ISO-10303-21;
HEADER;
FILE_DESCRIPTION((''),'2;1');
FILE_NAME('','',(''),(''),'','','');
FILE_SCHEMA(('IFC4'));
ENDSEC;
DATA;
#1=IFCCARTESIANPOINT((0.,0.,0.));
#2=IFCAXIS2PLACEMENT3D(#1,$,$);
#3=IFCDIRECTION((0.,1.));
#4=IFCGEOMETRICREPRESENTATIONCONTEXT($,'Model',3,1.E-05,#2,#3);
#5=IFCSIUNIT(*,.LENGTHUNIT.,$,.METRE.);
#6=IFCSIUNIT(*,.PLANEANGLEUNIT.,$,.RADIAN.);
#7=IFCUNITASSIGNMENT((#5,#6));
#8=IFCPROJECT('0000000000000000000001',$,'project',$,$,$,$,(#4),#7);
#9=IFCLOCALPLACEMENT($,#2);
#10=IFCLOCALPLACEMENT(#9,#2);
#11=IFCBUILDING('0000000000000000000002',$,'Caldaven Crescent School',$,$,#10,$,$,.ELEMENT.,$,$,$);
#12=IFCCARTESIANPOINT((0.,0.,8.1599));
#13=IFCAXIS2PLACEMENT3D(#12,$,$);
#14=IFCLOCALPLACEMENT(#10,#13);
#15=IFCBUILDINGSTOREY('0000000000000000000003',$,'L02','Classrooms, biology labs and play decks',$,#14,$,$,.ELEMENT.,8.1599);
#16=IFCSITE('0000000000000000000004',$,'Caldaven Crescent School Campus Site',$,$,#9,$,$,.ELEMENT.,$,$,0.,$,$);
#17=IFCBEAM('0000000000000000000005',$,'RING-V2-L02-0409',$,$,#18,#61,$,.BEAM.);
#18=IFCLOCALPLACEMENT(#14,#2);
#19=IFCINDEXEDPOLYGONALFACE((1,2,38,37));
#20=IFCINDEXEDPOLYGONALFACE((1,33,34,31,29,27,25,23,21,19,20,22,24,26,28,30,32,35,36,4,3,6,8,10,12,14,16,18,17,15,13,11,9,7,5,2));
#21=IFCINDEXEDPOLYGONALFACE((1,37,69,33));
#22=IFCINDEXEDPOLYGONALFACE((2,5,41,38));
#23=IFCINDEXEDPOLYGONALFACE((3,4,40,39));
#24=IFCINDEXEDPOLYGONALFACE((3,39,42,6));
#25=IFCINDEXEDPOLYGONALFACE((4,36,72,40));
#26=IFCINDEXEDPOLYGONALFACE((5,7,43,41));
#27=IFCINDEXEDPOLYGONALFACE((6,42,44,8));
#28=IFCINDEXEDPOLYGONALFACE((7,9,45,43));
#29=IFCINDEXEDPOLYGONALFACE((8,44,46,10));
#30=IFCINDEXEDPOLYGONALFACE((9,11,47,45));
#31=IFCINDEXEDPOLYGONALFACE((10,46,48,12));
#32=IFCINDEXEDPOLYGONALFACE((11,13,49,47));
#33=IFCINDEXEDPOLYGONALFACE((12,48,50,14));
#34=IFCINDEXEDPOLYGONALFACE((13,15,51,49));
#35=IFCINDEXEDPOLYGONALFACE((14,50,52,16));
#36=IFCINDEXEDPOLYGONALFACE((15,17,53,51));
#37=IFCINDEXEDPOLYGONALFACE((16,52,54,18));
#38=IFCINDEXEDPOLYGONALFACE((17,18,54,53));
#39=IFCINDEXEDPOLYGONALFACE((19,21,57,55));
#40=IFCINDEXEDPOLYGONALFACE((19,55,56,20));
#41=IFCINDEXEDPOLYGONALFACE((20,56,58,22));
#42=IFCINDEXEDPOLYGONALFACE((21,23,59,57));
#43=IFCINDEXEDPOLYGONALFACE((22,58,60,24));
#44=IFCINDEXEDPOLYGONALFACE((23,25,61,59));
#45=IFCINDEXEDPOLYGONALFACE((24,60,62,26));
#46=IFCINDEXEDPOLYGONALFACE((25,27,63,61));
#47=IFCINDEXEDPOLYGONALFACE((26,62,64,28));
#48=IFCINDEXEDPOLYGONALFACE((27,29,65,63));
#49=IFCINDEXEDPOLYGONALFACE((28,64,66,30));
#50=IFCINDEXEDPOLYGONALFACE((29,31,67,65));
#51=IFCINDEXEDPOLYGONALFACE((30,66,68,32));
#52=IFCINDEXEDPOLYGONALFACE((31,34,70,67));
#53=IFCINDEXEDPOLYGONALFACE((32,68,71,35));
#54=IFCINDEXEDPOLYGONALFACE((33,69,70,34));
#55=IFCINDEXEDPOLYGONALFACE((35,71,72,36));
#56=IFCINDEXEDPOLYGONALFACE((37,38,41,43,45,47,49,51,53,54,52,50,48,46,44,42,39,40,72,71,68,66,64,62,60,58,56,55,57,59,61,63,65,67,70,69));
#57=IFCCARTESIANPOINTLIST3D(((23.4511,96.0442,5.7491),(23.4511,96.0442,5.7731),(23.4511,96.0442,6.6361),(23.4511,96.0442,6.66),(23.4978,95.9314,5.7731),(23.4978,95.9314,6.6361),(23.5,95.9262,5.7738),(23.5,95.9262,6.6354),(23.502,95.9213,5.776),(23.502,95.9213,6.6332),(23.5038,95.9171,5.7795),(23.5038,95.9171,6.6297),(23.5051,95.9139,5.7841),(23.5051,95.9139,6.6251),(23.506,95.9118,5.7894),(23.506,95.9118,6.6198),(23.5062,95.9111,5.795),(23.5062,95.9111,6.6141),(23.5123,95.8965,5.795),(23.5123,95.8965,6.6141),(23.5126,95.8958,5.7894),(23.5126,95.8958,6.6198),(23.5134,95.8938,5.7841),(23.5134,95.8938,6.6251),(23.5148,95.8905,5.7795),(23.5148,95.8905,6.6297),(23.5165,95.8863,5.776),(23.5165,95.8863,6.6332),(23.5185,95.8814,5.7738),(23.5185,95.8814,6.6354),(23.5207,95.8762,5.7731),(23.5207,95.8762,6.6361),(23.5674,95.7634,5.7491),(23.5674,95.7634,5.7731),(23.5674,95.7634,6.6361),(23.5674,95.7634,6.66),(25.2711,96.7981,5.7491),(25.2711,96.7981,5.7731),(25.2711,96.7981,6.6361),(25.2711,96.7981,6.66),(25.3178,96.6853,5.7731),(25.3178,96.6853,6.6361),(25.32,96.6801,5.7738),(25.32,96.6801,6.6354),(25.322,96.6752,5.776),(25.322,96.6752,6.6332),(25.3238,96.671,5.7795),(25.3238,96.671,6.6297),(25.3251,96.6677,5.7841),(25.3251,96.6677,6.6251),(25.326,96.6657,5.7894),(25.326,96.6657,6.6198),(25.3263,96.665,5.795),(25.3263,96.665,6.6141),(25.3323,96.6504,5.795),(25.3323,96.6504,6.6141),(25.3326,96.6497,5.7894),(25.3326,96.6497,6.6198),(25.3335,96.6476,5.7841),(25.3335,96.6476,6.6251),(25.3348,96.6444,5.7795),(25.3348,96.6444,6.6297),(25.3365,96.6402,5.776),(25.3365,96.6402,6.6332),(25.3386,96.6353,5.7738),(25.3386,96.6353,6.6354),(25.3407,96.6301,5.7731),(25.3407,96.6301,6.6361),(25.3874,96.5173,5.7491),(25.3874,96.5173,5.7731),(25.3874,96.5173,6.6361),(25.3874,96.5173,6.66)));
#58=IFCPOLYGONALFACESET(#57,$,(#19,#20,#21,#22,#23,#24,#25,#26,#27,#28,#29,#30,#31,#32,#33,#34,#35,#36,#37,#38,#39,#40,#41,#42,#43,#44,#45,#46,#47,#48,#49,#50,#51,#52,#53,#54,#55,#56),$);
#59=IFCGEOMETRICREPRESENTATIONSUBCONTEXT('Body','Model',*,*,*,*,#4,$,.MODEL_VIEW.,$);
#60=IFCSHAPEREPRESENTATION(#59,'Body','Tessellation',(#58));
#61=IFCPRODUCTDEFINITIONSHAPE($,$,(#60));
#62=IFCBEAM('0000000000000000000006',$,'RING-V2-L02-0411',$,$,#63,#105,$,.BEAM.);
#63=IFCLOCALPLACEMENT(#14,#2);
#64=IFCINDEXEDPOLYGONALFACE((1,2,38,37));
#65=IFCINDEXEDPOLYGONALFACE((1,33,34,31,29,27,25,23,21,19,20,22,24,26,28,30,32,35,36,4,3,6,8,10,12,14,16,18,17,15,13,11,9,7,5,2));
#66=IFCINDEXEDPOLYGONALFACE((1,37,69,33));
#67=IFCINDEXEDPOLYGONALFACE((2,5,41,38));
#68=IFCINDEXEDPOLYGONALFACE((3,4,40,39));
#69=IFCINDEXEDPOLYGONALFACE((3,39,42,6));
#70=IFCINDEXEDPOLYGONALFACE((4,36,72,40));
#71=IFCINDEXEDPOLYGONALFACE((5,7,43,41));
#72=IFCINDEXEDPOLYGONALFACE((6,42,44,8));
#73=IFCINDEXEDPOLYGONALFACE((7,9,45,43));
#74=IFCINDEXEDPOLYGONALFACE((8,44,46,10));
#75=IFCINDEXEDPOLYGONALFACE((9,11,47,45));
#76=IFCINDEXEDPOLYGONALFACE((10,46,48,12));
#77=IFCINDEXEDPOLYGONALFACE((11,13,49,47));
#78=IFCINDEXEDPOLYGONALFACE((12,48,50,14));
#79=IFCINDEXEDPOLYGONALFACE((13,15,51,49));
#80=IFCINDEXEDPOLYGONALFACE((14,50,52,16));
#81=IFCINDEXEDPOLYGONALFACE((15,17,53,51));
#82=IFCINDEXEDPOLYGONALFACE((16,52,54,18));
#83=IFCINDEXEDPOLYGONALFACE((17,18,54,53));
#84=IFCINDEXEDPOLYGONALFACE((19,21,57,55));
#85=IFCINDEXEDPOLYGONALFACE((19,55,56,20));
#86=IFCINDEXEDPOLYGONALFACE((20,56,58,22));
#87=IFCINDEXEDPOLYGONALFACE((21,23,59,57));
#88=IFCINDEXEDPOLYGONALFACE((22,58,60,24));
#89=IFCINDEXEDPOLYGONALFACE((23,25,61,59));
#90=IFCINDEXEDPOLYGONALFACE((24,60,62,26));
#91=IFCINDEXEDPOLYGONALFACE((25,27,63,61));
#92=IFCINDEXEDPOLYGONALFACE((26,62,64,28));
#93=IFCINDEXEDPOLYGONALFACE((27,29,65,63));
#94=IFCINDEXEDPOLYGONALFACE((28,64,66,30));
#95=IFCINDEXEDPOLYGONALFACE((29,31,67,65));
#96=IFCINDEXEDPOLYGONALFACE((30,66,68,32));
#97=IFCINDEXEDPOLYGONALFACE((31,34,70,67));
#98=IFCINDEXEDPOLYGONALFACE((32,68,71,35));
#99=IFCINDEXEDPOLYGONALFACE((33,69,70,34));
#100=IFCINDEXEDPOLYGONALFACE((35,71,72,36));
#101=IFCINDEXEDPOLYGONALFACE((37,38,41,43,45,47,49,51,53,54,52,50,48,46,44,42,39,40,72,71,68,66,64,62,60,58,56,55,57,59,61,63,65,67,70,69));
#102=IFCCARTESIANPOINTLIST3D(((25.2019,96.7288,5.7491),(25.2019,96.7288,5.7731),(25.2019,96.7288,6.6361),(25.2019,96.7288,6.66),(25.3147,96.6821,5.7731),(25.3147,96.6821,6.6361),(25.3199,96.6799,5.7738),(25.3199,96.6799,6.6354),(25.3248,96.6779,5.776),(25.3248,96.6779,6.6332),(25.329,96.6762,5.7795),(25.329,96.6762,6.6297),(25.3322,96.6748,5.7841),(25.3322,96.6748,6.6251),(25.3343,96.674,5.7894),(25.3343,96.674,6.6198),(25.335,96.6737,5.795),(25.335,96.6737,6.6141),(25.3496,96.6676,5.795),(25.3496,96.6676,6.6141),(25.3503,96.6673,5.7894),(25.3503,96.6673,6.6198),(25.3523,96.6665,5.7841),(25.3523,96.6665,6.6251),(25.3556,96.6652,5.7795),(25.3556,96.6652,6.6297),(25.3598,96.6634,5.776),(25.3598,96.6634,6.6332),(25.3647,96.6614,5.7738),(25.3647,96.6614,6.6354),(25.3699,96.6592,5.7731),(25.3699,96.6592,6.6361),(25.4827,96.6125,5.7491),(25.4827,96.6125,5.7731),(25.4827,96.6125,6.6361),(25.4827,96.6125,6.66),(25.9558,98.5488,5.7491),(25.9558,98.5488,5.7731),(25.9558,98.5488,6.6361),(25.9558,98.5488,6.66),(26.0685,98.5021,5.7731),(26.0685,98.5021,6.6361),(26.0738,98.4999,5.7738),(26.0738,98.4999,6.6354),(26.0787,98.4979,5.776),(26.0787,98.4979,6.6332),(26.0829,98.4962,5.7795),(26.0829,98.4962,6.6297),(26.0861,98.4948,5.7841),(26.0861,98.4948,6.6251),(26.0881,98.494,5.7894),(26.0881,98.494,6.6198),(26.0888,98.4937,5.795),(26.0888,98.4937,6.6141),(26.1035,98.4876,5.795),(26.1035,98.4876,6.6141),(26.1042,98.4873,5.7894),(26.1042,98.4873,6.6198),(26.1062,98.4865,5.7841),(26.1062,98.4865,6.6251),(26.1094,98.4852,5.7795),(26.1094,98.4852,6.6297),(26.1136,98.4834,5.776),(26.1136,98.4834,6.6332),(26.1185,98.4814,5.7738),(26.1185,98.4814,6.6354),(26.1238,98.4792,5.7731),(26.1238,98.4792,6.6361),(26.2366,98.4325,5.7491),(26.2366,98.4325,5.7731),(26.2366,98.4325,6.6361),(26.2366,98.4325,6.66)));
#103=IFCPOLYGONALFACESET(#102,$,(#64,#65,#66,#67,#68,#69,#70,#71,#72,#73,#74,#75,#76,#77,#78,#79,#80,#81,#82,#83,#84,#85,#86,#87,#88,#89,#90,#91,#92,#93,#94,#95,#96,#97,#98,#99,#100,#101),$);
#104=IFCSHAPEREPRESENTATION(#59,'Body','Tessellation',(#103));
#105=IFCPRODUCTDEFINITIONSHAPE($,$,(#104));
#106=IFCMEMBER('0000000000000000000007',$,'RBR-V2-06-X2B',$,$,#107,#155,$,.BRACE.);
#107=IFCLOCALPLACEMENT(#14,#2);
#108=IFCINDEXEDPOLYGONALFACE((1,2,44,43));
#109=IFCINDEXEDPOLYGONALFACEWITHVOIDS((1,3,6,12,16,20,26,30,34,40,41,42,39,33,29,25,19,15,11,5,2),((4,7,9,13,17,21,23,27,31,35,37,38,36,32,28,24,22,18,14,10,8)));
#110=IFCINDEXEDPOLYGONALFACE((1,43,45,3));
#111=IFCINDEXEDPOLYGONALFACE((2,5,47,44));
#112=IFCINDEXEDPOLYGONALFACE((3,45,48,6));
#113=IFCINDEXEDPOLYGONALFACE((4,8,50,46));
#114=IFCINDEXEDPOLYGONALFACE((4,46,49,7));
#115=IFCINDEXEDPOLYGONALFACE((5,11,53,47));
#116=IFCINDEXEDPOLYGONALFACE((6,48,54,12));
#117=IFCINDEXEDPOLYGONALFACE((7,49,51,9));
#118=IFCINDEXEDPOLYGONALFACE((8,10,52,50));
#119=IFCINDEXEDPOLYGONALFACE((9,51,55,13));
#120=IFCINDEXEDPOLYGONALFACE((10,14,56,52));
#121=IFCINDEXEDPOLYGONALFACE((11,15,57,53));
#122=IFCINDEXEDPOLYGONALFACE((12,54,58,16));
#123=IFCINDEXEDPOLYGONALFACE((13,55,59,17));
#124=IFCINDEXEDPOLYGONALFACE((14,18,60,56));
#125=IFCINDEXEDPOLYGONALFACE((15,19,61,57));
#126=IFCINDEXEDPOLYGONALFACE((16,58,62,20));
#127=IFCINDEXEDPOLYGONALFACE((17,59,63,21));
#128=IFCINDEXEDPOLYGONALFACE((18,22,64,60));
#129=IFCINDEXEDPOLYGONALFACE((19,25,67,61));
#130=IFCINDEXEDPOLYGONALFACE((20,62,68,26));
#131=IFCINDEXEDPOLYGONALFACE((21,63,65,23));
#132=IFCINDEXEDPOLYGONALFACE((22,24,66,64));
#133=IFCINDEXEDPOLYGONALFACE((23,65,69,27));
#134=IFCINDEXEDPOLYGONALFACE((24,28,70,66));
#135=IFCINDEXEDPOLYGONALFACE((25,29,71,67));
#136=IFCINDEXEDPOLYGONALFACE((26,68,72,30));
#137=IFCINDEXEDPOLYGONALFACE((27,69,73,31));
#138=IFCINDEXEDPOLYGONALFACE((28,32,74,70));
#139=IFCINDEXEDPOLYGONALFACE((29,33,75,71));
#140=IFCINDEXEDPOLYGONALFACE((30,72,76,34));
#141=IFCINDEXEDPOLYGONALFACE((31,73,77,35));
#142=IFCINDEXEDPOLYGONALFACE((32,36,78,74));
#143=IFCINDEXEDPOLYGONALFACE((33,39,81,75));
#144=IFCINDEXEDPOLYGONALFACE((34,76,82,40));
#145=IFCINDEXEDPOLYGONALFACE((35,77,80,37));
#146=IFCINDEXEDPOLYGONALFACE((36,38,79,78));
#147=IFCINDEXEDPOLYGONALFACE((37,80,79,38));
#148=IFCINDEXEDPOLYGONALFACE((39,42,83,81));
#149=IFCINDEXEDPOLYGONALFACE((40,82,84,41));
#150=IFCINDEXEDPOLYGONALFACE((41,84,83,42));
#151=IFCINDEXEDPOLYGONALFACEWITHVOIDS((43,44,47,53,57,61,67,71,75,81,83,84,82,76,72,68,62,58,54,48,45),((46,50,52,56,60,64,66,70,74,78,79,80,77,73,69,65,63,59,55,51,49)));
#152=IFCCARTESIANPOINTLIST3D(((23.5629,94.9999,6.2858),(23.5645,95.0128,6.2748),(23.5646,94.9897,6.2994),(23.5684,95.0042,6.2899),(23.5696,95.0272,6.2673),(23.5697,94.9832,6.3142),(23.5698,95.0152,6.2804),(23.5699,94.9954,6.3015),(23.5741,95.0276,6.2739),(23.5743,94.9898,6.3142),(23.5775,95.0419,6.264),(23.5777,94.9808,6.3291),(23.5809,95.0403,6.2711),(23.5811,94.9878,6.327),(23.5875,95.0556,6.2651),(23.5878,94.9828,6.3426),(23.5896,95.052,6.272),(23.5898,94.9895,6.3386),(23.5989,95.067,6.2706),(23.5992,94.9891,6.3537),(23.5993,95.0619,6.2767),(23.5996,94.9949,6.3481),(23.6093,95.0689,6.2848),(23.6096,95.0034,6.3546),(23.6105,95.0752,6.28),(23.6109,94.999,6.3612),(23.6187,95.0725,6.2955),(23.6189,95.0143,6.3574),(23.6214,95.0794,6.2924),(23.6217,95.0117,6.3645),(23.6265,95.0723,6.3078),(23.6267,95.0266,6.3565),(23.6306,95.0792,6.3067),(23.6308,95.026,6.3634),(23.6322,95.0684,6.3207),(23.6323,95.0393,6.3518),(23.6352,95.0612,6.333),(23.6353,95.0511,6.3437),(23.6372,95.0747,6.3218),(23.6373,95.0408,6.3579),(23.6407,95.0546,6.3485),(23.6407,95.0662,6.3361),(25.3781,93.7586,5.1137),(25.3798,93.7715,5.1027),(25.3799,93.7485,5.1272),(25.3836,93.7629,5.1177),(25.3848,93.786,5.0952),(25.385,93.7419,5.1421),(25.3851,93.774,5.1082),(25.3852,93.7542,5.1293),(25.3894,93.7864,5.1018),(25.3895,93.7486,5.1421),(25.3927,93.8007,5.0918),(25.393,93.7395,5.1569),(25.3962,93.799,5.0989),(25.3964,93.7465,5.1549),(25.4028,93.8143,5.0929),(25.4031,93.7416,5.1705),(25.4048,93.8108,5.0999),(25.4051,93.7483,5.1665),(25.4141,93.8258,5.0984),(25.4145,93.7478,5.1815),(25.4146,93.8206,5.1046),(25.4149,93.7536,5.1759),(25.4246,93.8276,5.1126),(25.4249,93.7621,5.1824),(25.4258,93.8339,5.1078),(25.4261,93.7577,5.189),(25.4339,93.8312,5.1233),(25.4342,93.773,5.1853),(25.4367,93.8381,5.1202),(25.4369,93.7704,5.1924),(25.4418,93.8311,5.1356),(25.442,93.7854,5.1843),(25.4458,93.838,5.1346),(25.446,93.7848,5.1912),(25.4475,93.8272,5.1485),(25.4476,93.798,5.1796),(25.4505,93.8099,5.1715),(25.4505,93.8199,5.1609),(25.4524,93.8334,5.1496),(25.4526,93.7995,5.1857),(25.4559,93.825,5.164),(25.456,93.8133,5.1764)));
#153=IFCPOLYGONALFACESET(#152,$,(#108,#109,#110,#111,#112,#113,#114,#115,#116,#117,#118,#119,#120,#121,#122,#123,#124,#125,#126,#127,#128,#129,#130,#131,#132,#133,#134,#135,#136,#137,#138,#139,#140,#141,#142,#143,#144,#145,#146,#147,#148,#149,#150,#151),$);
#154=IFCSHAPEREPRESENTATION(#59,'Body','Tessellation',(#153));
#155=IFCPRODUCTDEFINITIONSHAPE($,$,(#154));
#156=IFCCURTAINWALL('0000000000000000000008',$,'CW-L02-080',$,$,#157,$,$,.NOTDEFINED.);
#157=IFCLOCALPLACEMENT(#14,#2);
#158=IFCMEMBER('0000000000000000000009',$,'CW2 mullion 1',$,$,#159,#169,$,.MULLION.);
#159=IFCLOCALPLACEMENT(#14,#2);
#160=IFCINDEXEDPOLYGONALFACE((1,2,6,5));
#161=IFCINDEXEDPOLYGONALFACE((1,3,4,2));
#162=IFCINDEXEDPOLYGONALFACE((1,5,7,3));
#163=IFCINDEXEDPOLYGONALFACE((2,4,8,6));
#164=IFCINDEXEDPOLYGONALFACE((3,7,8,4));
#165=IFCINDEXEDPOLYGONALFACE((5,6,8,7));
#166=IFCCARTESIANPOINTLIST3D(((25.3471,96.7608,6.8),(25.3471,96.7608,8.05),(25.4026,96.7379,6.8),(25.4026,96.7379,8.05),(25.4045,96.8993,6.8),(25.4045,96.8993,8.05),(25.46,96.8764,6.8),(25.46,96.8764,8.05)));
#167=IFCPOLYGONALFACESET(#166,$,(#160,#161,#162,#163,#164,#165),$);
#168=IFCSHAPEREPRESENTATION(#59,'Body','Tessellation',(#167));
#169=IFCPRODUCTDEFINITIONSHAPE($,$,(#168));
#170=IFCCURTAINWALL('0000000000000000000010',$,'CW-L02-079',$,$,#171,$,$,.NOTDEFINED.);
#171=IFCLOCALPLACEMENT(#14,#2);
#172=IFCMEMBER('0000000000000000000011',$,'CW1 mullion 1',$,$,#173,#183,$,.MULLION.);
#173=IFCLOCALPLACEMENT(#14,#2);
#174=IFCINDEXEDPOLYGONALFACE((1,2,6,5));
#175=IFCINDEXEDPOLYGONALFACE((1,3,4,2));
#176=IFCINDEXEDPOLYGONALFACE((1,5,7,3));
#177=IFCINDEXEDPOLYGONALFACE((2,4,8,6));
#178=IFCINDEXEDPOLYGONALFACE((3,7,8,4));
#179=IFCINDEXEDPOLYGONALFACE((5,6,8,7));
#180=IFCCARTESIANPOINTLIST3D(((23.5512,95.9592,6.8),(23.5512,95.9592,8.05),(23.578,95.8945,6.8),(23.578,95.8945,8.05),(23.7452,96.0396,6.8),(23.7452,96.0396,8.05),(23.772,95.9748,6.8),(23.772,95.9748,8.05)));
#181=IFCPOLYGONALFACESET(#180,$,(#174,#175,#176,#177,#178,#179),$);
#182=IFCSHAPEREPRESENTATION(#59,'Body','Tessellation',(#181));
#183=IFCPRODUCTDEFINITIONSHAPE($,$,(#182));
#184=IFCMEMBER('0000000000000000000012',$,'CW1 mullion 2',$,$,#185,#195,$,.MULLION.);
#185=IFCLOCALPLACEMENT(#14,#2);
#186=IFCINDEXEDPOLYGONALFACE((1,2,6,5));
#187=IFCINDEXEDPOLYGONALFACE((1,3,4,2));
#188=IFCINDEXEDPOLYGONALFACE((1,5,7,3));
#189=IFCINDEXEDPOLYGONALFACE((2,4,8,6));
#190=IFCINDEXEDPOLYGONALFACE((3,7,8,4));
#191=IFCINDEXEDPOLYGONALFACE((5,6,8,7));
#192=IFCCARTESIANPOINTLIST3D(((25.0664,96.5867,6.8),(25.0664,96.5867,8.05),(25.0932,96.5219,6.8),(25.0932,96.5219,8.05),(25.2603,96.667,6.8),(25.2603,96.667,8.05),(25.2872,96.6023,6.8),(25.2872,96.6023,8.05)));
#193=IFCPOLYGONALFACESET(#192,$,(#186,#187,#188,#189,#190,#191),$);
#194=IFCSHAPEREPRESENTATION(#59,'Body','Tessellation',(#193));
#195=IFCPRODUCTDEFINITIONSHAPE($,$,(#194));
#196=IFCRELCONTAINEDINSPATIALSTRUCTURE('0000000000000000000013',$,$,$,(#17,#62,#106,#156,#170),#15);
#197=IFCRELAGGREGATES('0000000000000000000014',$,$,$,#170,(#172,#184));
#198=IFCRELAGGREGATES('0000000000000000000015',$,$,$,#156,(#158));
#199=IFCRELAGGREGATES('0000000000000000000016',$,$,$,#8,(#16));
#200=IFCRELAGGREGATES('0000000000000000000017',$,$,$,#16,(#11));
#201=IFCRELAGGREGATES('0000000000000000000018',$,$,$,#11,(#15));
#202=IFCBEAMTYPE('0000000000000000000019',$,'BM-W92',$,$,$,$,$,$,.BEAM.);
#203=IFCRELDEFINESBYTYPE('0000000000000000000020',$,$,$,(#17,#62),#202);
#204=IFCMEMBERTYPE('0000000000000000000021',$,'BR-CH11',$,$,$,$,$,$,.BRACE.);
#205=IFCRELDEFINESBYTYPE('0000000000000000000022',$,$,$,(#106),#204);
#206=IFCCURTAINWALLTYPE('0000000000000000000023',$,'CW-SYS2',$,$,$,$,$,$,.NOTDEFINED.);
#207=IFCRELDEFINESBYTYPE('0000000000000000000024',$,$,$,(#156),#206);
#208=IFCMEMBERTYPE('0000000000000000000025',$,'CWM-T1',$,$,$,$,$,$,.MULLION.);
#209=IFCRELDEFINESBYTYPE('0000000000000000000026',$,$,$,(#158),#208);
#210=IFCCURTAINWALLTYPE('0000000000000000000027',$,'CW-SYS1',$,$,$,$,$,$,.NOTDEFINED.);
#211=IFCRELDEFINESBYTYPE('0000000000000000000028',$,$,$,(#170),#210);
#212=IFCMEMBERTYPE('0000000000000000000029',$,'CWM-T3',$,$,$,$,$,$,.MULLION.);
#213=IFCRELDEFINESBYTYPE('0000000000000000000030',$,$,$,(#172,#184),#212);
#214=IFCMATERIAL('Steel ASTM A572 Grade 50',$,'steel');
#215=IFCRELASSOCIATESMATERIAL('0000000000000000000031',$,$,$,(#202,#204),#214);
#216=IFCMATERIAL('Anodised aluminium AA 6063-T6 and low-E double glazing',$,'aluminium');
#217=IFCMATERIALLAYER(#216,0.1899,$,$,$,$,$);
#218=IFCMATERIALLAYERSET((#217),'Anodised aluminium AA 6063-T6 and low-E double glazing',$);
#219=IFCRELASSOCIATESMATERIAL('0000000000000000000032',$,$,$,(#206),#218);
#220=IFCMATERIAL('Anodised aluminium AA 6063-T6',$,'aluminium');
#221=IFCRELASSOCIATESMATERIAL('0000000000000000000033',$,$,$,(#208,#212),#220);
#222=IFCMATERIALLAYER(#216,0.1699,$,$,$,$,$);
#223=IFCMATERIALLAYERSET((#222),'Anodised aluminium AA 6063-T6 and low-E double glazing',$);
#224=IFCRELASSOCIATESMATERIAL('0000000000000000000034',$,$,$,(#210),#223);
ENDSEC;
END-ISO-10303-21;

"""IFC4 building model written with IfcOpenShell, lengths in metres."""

from ifc_helpers import new_model, si_unit, direction, frame, origin, origin_2d, place, context, subcontext, project, spatial, rectangle, hollow_circle, i_section, extrude, material, layer, layer_set, material_profile, profile_set, type_object, element, aggregate, save


model = new_model("IFC4")

# Units and contexts
model_context = context("Model", 3, precision=1e-05, world=origin(), true_north=direction((0.0, 1.0)))
body_context = subcontext(model_context, "Body", "Model", "MODEL_VIEW")
ifc_project = project(units=[si_unit("LENGTHUNIT", "METRE"), si_unit("PLANEANGLEUNIT", "RADIAN")], contexts=[model_context])

# Site, building, storey
site_placement = place(None, origin())
site = spatial("IfcSite", under=ifc_project, at=site_placement, Name="Caldaven Crescent School Campus Site", CompositionType="ELEMENT", RefElevation=0.0)
building_placement = place(site_placement, origin())
building = spatial("IfcBuilding", under=site, at=building_placement, Name="Caldaven Crescent School", CompositionType="ELEMENT")
storey_placement = place(building_placement, frame((0.0, 0.0, 8.1599)))
storey = spatial("IfcBuildingStorey", under=building, at=storey_placement, Name="L02", Description="Classrooms, biology labs and play decks", CompositionType="ELEMENT", Elevation=8.1599)

# Shared definitions
ifc_material_1 = material(Name="Steel ASTM A572 Grade 50", Category="steel")

# Beams
ifc_material_profile_1 = material_profile(ifc_material_1, i_section(OverallWidth=0.304, OverallDepth=0.9109, WebThickness=0.0159, FlangeThickness=0.0239, FilletRadius=0.022, at=origin_2d()), Name="W920x223")
ifc_profile_set_1 = profile_set([ifc_material_profile_1], Name="Steel ASTM A572 Grade 50")
beam_type_1 = type_object("IfcBeamType", Name="BM-W92", PredefinedType="BEAM", material=ifc_profile_set_1)
for number, where, z_axis, x_axis, name in (
    (1, (23.5093, 95.9038, 6.2046), (0.923878, 0.382687, 0.0), (-0.382687, 0.923878, 0.0), "RING-V2-L02-0409"),
    (2, (25.3423, 96.6707, 6.2046), (0.382687, 0.923878, 0.0), (-0.923878, 0.382687, 0.0), "RING-V2-L02-0411"),
):
    element("IfcBeam", number, at=place(storey_placement, frame(where, z_axis=z_axis, x_axis=x_axis)), inside=storey, type_object=beam_type_1, Name=name, PredefinedType="BEAM", context=body_context, shape_type="SweptSolid", body=[
        extrude(i_section(OverallWidth=0.304, OverallDepth=0.9109, WebThickness=0.0159, FlangeThickness=0.0239, FilletRadius=0.022, at=origin_2d()), origin(), (0.0, 0.0, 1.0), 1.97),
    ])

# Member
ifc_material_profile_2 = material_profile(ifc_material_1, hollow_circle(Radius=0.0571, WallThickness=0.0081, at=origin_2d()), Name="CHS 114.3x8.0")
ifc_profile_set_2 = profile_set([ifc_material_profile_2], Name="Steel ASTM A572 Grade 50")
member_type_1 = type_object("IfcMemberType", Name="BR-CH11", PredefinedType="BRACE", material=ifc_profile_set_2)
member_1_placement = place(storey_placement, frame((25.4172, 93.7891, 5.1421), z_axis=(-0.728446, 0.498106, 0.470379), x_axis=(-0.564449, -0.825468, 0.0)))
element("IfcMember", 3, at=member_1_placement, inside=storey, type_object=member_type_1, Name="RBR-V2-06-X2B", PredefinedType="BRACE", context=body_context, shape_type="SweptSolid", body=[
    extrude(hollow_circle(Radius=0.0571, WallThickness=0.0081, at=origin_2d()), origin(), (0.0, 0.0, 1.0), 2.4919),
])

# Curtain wall, member
ifc_material_2 = material(Name="Anodised aluminium AA 6063-T6 and low-E double glazing", Category="aluminium")
ifc_layer_1 = layer(ifc_material_2, 0.1899)
ifc_layer_set_1 = layer_set([ifc_layer_1], Name="Anodised aluminium AA 6063-T6 and low-E double glazing")
curtain_wall_type_1 = type_object("IfcCurtainWallType", Name="CW-SYS2", PredefinedType="NOTDEFINED", material=ifc_layer_set_1)
curtain_wall_1_placement = place(storey_placement, origin())
curtain_wall_1 = element("IfcCurtainWall", 4, at=curtain_wall_1_placement, inside=storey, type_object=curtain_wall_type_1, Name="CW-L02-080", PredefinedType="NOTDEFINED")
ifc_material_3 = material(Name="Anodised aluminium AA 6063-T6", Category="aluminium")
ifc_material_profile_3 = material_profile(ifc_material_3, rectangle(XDim=0.0601, YDim=0.1499, at=origin_2d()), Name="CWM 60x150")
ifc_profile_set_3 = profile_set([ifc_material_profile_3], Name="Anodised aluminium AA 6063-T6")
member_type_2 = type_object("IfcMemberType", Name="CWM-T1", PredefinedType="MULLION", material=ifc_profile_set_3)
member_2_placement = place(storey_placement, frame((25.4036, 96.8186, 6.8), z_axis=(0.0, 0.0, 1.0), x_axis=(-0.92388, 0.382683, 0.0)))
member_2 = element("IfcMember", 5, at=member_2_placement, type_object=member_type_2, Name="CW2 mullion 1", PredefinedType="MULLION", context=body_context, shape_type="SweptSolid", body=[
    extrude(rectangle(XDim=0.0601, YDim=0.1499, at=origin_2d()), origin(), (0.0, 0.0, 1.0), 1.25),
])

# Curtain wall, members
ifc_layer_2 = layer(ifc_material_2, 0.1699)
ifc_layer_set_2 = layer_set([ifc_layer_2], Name="Anodised aluminium AA 6063-T6 and low-E double glazing")
curtain_wall_type_2 = type_object("IfcCurtainWallType", Name="CW-SYS1", PredefinedType="NOTDEFINED", material=ifc_layer_set_2)
curtain_wall_2_placement = place(storey_placement, origin())
curtain_wall_2 = element("IfcCurtainWall", 6, at=curtain_wall_2_placement, inside=storey, type_object=curtain_wall_type_2, Name="CW-L02-079", PredefinedType="NOTDEFINED")
ifc_material_profile_4 = material_profile(ifc_material_3, rectangle(XDim=0.0701, YDim=0.21, at=origin_2d()), Name="CWM 70x210")
ifc_profile_set_4 = profile_set([ifc_material_profile_4], Name="Anodised aluminium AA 6063-T6")
member_type_3 = type_object("IfcMemberType", Name="CWM-T3", PredefinedType="MULLION", material=ifc_profile_set_4)
member_3_placement = place(storey_placement, frame((23.6616, 95.967, 6.8), z_axis=(0.0, 0.0, 1.0), x_axis=(-0.382683, 0.92388, 0.0)))
member_3 = element("IfcMember", 7, at=member_3_placement, type_object=member_type_3, Name="CW1 mullion 1", PredefinedType="MULLION", context=body_context, shape_type="SweptSolid", body=[
    extrude(rectangle(XDim=0.0701, YDim=0.21, at=origin_2d()), origin(), (0.0, 0.0, 1.0), 1.25),
])
member_4_placement = place(storey_placement, frame((25.1768, 96.5945, 6.8), z_axis=(0.0, 0.0, 1.0), x_axis=(-0.382683, 0.92388, 0.0)))
member_4 = element("IfcMember", 8, at=member_4_placement, type_object=member_type_3, Name="CW1 mullion 2", PredefinedType="MULLION", context=body_context, shape_type="SweptSolid", body=[
    extrude(rectangle(XDim=0.0701, YDim=0.21, at=origin_2d()), origin(), (0.0, 0.0, 1.0), 1.25),
])

aggregate(curtain_wall_2, [member_3, member_4])
aggregate(curtain_wall_1, [member_2])

save(model, "model.ifc")
